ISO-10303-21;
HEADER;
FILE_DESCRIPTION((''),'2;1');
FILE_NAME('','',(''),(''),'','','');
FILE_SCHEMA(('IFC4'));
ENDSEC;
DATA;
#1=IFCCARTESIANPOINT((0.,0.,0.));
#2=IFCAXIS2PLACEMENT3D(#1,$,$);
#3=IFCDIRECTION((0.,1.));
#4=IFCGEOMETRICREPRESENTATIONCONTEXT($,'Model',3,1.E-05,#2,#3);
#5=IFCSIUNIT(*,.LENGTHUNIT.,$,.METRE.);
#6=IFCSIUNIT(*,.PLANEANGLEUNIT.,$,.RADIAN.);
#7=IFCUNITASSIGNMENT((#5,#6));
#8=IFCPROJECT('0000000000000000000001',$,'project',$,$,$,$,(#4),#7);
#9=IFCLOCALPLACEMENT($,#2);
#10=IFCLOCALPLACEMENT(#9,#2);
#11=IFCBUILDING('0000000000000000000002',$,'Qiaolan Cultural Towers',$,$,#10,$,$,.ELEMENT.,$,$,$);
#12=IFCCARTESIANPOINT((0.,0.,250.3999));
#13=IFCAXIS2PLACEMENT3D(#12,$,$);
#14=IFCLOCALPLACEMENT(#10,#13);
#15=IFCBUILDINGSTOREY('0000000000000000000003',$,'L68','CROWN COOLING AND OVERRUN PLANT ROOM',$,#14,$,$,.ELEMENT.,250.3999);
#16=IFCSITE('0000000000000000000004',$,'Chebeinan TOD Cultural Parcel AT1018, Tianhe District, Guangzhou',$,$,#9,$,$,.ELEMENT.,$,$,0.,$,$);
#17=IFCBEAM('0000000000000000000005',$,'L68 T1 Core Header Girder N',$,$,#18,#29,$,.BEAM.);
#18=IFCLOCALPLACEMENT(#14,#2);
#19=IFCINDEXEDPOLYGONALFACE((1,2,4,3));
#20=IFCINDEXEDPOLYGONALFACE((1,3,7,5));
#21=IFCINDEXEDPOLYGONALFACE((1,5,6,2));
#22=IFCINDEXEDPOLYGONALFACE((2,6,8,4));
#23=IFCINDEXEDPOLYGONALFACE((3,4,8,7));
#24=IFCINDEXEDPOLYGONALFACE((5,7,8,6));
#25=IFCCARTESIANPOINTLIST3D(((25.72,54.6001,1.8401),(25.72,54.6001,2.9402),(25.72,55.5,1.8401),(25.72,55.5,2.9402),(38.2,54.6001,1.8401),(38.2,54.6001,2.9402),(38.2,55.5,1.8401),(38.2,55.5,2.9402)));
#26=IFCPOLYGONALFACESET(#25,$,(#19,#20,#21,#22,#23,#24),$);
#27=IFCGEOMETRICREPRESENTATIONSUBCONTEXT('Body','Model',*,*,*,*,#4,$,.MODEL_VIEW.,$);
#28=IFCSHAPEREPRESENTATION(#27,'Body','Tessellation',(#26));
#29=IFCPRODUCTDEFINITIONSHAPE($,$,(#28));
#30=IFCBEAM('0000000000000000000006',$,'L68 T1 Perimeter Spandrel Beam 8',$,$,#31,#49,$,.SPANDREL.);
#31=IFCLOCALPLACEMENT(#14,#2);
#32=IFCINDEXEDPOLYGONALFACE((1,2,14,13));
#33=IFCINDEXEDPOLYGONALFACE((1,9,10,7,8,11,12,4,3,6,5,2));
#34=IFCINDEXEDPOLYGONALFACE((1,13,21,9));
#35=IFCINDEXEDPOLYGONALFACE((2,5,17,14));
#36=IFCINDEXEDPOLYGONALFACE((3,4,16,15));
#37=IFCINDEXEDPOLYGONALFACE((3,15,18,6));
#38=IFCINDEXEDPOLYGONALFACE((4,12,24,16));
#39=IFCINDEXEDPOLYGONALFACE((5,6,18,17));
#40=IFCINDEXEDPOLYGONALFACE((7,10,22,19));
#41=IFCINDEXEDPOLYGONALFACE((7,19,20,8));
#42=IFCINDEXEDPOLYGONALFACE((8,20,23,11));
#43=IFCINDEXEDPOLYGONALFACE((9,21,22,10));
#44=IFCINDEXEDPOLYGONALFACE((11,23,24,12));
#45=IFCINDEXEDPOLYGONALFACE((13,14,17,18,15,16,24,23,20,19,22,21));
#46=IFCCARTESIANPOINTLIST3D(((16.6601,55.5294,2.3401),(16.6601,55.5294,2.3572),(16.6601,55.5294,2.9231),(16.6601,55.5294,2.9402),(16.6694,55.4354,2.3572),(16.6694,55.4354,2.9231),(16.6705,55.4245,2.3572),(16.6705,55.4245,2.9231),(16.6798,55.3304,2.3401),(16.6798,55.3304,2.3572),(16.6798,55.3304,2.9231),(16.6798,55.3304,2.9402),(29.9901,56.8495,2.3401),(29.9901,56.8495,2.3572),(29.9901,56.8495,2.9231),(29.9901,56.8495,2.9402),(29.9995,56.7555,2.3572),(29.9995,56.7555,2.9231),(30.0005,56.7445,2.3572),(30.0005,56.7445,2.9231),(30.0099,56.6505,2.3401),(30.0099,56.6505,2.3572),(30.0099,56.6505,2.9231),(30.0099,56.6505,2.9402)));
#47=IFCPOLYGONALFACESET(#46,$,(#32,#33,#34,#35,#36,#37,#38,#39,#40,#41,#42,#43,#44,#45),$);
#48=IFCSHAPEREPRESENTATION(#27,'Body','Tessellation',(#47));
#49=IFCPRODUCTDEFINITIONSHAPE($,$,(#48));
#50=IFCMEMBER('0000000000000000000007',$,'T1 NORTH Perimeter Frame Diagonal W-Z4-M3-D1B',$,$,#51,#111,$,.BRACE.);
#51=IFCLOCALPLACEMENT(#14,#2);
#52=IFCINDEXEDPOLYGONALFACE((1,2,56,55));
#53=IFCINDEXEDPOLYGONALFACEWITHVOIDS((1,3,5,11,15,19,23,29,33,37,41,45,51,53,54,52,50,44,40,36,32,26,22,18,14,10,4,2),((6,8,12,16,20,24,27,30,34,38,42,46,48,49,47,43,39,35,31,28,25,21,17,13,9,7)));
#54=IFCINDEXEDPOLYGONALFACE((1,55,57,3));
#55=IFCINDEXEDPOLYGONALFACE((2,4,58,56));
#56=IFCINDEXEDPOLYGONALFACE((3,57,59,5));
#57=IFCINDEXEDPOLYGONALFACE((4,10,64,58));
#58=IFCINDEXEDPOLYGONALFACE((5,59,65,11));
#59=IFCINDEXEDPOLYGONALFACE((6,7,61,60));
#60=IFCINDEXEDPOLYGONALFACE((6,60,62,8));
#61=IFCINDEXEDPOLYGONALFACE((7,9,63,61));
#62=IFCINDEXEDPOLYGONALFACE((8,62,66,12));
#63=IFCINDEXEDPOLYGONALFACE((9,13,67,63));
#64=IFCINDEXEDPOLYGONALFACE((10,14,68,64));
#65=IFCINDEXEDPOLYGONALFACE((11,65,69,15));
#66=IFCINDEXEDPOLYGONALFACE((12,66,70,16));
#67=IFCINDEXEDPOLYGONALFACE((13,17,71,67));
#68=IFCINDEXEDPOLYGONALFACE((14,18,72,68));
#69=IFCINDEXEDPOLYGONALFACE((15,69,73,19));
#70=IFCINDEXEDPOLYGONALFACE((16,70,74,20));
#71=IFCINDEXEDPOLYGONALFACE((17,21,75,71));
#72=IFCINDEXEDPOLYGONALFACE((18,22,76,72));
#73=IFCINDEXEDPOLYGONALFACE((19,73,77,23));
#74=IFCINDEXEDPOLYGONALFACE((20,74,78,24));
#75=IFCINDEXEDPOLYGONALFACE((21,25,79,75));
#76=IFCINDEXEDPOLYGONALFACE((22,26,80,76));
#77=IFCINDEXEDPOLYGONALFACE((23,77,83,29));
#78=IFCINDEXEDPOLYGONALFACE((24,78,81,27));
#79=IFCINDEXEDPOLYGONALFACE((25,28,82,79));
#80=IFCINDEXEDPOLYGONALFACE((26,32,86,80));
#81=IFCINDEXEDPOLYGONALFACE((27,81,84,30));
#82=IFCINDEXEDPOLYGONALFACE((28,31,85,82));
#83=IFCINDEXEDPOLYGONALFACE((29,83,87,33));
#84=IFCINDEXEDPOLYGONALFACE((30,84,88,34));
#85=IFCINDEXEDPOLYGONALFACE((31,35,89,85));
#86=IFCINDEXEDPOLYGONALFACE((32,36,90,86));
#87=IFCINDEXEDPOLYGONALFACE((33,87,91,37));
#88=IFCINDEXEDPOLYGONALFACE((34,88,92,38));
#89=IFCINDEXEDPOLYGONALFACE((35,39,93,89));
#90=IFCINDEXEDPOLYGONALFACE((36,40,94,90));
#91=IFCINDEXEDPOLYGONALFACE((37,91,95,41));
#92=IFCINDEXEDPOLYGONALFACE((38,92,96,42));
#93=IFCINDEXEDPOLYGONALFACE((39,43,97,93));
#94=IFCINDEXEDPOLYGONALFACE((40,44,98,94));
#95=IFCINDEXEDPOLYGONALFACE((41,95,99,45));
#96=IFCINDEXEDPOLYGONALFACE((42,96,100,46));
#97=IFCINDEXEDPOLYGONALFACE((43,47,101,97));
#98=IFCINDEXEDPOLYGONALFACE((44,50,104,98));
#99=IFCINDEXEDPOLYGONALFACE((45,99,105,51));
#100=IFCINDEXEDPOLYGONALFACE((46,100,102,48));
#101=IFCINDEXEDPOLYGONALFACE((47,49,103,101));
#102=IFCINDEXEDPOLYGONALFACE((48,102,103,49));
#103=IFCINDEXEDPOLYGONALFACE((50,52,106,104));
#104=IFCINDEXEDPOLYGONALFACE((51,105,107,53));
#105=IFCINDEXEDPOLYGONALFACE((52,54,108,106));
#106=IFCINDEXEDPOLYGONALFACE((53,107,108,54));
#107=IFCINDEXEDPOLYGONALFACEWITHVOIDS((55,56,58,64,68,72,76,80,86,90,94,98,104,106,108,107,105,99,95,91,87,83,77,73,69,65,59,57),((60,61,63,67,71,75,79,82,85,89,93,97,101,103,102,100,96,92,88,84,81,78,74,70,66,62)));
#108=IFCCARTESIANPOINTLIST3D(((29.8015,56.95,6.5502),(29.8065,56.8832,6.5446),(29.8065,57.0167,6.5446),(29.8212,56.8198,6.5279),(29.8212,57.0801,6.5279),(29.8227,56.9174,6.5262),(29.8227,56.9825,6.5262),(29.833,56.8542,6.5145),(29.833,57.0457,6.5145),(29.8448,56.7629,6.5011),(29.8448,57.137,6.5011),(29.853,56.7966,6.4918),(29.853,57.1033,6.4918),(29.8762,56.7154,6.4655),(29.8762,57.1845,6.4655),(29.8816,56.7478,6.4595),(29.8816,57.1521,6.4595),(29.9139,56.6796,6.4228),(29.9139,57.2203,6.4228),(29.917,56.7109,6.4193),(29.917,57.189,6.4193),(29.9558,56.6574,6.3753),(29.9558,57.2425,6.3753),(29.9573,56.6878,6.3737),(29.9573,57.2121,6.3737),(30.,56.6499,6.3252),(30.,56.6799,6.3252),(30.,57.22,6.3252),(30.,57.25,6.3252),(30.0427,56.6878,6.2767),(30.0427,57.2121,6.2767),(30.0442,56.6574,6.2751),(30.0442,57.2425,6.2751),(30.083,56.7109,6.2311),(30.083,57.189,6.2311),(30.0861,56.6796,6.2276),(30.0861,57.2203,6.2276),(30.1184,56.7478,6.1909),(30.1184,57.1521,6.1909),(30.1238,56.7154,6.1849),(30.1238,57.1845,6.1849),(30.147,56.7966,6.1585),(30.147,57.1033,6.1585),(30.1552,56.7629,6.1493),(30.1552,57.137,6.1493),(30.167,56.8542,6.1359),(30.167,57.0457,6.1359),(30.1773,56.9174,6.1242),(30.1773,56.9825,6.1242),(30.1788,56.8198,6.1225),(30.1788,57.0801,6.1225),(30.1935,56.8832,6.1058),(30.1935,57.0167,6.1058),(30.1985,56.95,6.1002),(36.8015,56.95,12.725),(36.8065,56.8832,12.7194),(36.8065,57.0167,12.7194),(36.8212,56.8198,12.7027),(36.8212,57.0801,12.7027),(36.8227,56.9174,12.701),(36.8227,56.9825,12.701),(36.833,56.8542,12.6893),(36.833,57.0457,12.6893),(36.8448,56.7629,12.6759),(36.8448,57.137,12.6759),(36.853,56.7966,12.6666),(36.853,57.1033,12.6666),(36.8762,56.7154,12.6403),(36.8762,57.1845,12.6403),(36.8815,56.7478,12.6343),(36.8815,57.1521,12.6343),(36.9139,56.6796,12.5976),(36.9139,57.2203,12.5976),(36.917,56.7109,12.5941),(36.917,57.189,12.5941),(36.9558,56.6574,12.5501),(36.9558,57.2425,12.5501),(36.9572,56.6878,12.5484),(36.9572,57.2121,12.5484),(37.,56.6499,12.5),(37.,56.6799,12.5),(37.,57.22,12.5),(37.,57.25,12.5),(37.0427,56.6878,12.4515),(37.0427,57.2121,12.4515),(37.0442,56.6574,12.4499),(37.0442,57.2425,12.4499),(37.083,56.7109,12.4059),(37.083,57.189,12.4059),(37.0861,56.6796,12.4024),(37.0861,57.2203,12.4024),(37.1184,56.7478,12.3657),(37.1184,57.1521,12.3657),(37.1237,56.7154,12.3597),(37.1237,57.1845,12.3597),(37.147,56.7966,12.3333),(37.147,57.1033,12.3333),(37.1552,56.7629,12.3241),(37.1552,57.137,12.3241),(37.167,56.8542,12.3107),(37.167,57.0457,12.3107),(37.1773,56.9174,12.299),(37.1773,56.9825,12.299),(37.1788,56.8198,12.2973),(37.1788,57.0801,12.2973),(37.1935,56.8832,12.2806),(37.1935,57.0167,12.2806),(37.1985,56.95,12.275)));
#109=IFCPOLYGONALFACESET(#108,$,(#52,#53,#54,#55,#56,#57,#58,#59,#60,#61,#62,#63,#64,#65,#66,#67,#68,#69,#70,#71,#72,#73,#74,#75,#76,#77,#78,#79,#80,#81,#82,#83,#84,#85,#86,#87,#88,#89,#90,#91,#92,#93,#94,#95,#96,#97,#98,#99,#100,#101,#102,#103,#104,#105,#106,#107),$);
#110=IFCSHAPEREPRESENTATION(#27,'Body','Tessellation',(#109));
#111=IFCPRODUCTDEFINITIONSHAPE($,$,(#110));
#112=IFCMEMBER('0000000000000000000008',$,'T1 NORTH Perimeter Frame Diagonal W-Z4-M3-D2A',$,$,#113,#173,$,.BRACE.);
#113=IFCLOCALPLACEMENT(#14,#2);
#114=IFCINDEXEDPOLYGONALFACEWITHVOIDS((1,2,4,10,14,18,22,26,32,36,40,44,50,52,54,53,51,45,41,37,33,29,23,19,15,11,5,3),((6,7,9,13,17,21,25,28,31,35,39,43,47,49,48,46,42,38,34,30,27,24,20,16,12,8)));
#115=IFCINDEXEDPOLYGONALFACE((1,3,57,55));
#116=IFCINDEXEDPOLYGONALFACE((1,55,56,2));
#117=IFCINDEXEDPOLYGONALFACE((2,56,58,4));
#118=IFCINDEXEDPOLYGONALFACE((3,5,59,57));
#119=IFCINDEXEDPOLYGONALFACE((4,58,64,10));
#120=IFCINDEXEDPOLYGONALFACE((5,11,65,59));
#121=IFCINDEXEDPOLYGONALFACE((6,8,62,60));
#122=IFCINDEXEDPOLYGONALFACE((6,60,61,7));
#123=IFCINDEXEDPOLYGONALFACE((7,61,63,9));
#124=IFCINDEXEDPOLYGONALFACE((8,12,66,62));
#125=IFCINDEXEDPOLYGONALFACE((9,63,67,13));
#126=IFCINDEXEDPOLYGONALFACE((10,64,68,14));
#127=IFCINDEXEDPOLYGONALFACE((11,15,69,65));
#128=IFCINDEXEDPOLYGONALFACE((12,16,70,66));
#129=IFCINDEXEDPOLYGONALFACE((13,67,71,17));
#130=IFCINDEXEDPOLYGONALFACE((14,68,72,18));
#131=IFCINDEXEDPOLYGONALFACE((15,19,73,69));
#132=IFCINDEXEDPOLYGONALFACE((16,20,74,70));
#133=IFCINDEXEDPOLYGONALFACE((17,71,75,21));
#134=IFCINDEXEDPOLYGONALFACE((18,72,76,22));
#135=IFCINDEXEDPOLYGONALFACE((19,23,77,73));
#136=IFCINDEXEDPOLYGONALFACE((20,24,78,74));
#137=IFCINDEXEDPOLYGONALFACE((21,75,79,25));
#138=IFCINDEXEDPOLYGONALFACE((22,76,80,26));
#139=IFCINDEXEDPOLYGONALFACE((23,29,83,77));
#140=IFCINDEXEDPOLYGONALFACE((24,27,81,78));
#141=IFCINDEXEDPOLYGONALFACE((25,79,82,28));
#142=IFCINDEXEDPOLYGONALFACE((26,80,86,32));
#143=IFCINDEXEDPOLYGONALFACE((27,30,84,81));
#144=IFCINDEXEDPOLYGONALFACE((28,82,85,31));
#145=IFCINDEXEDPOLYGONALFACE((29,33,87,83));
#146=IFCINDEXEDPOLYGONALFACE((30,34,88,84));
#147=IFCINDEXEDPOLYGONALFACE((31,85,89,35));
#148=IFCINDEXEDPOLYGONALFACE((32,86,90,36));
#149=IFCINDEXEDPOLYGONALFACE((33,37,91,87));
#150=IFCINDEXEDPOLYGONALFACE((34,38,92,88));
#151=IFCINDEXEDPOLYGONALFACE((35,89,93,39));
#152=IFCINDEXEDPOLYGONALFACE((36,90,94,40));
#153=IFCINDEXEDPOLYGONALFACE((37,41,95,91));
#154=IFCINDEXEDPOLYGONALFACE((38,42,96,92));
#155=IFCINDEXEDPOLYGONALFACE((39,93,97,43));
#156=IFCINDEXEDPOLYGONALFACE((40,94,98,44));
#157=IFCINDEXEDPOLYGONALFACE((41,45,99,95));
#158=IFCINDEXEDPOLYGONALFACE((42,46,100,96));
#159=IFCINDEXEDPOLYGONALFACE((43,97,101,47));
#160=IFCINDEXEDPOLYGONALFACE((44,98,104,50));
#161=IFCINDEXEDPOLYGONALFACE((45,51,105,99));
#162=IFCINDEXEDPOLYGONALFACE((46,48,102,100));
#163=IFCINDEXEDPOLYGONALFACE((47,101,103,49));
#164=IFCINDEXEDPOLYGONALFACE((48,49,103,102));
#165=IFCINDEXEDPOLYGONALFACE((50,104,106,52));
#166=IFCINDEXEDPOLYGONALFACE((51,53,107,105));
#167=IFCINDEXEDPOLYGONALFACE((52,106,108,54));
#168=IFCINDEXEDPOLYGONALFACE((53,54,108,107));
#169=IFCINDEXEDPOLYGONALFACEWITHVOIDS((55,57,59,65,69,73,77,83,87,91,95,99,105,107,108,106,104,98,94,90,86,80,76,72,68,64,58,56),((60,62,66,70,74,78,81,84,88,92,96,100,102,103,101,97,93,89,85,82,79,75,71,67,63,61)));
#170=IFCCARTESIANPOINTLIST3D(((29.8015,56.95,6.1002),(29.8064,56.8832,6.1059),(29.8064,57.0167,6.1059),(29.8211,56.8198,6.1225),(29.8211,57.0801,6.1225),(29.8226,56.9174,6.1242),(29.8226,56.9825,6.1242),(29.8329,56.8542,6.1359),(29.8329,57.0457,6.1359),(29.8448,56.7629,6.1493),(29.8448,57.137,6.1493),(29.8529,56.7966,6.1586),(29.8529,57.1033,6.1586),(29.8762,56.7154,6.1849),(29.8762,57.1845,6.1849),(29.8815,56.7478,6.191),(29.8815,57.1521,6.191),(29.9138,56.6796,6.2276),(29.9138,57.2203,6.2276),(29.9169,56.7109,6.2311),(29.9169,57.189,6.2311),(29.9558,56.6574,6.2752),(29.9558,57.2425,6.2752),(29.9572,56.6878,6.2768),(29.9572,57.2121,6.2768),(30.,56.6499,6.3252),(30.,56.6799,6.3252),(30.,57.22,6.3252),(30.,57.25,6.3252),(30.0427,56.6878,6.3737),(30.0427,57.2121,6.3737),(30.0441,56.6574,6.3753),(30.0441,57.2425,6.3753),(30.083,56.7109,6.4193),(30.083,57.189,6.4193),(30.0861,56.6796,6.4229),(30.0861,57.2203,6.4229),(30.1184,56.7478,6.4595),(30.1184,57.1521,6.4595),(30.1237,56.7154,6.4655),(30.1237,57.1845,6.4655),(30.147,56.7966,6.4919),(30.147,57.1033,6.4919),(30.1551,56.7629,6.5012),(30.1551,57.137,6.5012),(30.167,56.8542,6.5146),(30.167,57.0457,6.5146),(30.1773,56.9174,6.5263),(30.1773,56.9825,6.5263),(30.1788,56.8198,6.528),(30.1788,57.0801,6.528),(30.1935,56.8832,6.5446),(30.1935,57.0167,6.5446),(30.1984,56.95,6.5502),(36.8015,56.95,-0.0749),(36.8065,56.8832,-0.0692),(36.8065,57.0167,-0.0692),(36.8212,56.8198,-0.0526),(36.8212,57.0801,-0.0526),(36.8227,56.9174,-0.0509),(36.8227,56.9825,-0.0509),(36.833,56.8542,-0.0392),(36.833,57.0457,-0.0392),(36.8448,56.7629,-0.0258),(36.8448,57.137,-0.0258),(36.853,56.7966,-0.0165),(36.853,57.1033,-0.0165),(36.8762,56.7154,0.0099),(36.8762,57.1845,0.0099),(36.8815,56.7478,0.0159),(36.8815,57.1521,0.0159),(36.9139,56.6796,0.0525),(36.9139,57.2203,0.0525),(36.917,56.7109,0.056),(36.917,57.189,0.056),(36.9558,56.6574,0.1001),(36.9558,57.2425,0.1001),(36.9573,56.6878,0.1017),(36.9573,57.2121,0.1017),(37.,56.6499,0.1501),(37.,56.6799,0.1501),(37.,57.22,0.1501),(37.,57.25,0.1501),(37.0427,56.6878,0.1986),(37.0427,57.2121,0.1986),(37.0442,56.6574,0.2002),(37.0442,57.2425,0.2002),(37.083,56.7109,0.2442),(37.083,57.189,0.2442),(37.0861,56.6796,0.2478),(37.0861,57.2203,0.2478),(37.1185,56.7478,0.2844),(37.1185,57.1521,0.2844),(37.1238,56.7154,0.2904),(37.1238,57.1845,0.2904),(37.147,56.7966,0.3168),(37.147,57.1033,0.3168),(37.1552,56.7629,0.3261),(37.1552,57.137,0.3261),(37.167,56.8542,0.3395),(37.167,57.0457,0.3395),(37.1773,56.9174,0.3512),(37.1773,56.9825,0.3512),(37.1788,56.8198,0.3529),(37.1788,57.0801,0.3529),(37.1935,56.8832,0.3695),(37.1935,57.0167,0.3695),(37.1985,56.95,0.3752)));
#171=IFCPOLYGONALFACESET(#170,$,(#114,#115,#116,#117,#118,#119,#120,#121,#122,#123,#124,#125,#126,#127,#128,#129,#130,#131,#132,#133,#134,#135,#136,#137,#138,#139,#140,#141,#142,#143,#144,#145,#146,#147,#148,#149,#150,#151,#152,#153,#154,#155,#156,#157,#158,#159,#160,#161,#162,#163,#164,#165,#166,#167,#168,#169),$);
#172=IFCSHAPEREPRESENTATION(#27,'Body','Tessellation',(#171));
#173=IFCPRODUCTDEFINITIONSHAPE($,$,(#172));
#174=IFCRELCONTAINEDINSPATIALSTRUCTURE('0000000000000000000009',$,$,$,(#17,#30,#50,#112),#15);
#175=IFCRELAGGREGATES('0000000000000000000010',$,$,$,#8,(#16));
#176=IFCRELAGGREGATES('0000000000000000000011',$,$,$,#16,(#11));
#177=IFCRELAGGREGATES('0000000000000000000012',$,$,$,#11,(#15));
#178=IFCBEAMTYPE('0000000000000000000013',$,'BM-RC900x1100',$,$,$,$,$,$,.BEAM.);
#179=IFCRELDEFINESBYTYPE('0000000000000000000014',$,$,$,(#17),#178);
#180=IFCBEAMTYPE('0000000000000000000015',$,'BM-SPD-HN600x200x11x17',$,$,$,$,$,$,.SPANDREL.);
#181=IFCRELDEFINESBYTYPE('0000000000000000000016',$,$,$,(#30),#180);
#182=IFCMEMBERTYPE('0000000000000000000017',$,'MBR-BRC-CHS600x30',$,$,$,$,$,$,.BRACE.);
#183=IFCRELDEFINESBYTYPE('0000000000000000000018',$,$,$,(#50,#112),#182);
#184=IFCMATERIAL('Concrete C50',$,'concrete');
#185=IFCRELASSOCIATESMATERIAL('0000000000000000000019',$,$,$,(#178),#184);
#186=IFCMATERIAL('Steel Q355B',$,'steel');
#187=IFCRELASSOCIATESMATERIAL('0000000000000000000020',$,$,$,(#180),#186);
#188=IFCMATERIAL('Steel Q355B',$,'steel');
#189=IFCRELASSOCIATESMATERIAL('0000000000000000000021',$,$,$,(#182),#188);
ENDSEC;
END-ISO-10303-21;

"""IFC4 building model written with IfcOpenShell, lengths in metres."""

from ifc_helpers import new_model, si_unit, direction, frame, origin, origin_2d, place, context, subcontext, project, spatial, rectangle, hollow_circle, i_section, extrude, material, material_profile, profile_set, type_object, element, save


model = new_model("IFC4")

# Units and contexts
model_context = context("Model", 3, precision=1e-05, world=origin(), true_north=direction((0.0, 1.0)))
body_context = subcontext(model_context, "Body", "Model", "MODEL_VIEW")
ifc_project = project(units=[si_unit("LENGTHUNIT", "METRE"), si_unit("PLANEANGLEUNIT", "RADIAN")], contexts=[model_context])

# Site, building, storey
site_placement = place(None, origin())
site = spatial("IfcSite", under=ifc_project, at=site_placement, Name="Chebeinan TOD Cultural Parcel AT1018, Tianhe District, Guangzhou", CompositionType="ELEMENT", RefElevation=0.0)
building_placement = place(site_placement, origin())
building = spatial("IfcBuilding", under=site, at=building_placement, Name="Qiaolan Cultural Towers", CompositionType="ELEMENT")
storey_placement = place(building_placement, frame((0.0, 0.0, 250.3999)))
storey = spatial("IfcBuildingStorey", under=building, at=storey_placement, Name="L68", Description="CROWN COOLING AND OVERRUN PLANT ROOM", CompositionType="ELEMENT", Elevation=250.3999)

# Beams
ifc_material_1 = material(Name="Concrete C50", Category="concrete")
ifc_material_profile_1 = material_profile(ifc_material_1, rectangle(XDim=0.8999, YDim=1.1001, at=origin_2d()), Name="RC900x1100")
ifc_profile_set_1 = profile_set([ifc_material_profile_1], Name="Concrete C50")
beam_type_1 = type_object("IfcBeamType", Name="BM-RC900x1100", PredefinedType="BEAM", material=ifc_profile_set_1)
beam_1_placement = place(storey_placement, frame((25.72, 55.05, 2.3901), z_axis=(1.0, 0.0, 0.0), x_axis=(0.0, 1.0, 0.0)))
element("IfcBeam", 1, at=beam_1_placement, inside=storey, type_object=beam_type_1, Name="L68 T1 Core Header Girder N", PredefinedType="BEAM", context=body_context, shape_type="SweptSolid", body=[
    extrude(rectangle(XDim=0.8999, YDim=1.1001, at=origin_2d()), origin(), (0.0, 0.0, 1.0), 12.48),
])
ifc_material_2 = material(Name="Steel Q355B", Category="steel")
ifc_material_profile_2 = material_profile(ifc_material_2, i_section(OverallWidth=0.2, OverallDepth=0.6001, WebThickness=0.011, FlangeThickness=0.0171, at=origin_2d()), Name="HN600x200x11x17")
ifc_profile_set_2 = profile_set([ifc_material_profile_2], Name="Steel Q355B")
beam_type_2 = type_object("IfcBeamType", Name="BM-SPD-HN600x200x11x17", PredefinedType="SPANDREL", material=ifc_profile_set_2)
beam_2_placement = place(storey_placement, frame((30.0, 56.75, 2.6401), z_axis=(-0.995132, -0.098547, 0.0), x_axis=(0.098547, -0.995132, 0.0)))
element("IfcBeam", 2, at=beam_2_placement, inside=storey, type_object=beam_type_2, Name="L68 T1 Perimeter Spandrel Beam 8", PredefinedType="SPANDREL", context=body_context, shape_type="SweptSolid", body=[
    extrude(i_section(OverallWidth=0.2, OverallDepth=0.6001, WebThickness=0.011, FlangeThickness=0.0171, at=origin_2d()), origin(), (0.0, 0.0, 1.0), 13.3953),
])

# Members
ifc_material_3 = material(Name="Steel Q355B", Category="steel")
ifc_material_profile_3 = material_profile(ifc_material_3, hollow_circle(Radius=0.3, WallThickness=0.03, at=origin_2d()), Name="CHS600x30")
ifc_profile_set_3 = profile_set([ifc_material_profile_3], Name="Steel Q355B")
member_type = type_object("IfcMemberType", Name="MBR-BRC-CHS600x30", PredefinedType="BRACE", material=ifc_profile_set_3)
member_1_placement = place(storey_placement, frame((30.0, 56.95, 6.3252), z_axis=(0.749926, 0.0, 0.661521), x_axis=(0.0, 1.0, 0.0)))
element("IfcMember", 3, at=member_1_placement, inside=storey, type_object=member_type, Name="T1 NORTH Perimeter Frame Diagonal W-Z4-M3-D1B", PredefinedType="BRACE", context=body_context, shape_type="SweptSolid", body=[
    extrude(hollow_circle(Radius=0.3, WallThickness=0.03, at=origin_2d()), origin(), (0.0, 0.0, 1.0), 9.3342),
])
member_2_placement = place(storey_placement, frame((37.0, 56.95, 0.1501), z_axis=(-0.749913, 0.0, 0.661536), x_axis=(0.0, -1.0, 0.0)))
element("IfcMember", 4, at=member_2_placement, inside=storey, type_object=member_type, Name="T1 NORTH Perimeter Frame Diagonal W-Z4-M3-D2A", PredefinedType="BRACE", context=body_context, shape_type="SweptSolid", body=[
    extrude(hollow_circle(Radius=0.3, WallThickness=0.03, at=origin_2d()), origin(), (0.0, 0.0, 1.0), 9.3345),
])

save(model, "model.ifc")
